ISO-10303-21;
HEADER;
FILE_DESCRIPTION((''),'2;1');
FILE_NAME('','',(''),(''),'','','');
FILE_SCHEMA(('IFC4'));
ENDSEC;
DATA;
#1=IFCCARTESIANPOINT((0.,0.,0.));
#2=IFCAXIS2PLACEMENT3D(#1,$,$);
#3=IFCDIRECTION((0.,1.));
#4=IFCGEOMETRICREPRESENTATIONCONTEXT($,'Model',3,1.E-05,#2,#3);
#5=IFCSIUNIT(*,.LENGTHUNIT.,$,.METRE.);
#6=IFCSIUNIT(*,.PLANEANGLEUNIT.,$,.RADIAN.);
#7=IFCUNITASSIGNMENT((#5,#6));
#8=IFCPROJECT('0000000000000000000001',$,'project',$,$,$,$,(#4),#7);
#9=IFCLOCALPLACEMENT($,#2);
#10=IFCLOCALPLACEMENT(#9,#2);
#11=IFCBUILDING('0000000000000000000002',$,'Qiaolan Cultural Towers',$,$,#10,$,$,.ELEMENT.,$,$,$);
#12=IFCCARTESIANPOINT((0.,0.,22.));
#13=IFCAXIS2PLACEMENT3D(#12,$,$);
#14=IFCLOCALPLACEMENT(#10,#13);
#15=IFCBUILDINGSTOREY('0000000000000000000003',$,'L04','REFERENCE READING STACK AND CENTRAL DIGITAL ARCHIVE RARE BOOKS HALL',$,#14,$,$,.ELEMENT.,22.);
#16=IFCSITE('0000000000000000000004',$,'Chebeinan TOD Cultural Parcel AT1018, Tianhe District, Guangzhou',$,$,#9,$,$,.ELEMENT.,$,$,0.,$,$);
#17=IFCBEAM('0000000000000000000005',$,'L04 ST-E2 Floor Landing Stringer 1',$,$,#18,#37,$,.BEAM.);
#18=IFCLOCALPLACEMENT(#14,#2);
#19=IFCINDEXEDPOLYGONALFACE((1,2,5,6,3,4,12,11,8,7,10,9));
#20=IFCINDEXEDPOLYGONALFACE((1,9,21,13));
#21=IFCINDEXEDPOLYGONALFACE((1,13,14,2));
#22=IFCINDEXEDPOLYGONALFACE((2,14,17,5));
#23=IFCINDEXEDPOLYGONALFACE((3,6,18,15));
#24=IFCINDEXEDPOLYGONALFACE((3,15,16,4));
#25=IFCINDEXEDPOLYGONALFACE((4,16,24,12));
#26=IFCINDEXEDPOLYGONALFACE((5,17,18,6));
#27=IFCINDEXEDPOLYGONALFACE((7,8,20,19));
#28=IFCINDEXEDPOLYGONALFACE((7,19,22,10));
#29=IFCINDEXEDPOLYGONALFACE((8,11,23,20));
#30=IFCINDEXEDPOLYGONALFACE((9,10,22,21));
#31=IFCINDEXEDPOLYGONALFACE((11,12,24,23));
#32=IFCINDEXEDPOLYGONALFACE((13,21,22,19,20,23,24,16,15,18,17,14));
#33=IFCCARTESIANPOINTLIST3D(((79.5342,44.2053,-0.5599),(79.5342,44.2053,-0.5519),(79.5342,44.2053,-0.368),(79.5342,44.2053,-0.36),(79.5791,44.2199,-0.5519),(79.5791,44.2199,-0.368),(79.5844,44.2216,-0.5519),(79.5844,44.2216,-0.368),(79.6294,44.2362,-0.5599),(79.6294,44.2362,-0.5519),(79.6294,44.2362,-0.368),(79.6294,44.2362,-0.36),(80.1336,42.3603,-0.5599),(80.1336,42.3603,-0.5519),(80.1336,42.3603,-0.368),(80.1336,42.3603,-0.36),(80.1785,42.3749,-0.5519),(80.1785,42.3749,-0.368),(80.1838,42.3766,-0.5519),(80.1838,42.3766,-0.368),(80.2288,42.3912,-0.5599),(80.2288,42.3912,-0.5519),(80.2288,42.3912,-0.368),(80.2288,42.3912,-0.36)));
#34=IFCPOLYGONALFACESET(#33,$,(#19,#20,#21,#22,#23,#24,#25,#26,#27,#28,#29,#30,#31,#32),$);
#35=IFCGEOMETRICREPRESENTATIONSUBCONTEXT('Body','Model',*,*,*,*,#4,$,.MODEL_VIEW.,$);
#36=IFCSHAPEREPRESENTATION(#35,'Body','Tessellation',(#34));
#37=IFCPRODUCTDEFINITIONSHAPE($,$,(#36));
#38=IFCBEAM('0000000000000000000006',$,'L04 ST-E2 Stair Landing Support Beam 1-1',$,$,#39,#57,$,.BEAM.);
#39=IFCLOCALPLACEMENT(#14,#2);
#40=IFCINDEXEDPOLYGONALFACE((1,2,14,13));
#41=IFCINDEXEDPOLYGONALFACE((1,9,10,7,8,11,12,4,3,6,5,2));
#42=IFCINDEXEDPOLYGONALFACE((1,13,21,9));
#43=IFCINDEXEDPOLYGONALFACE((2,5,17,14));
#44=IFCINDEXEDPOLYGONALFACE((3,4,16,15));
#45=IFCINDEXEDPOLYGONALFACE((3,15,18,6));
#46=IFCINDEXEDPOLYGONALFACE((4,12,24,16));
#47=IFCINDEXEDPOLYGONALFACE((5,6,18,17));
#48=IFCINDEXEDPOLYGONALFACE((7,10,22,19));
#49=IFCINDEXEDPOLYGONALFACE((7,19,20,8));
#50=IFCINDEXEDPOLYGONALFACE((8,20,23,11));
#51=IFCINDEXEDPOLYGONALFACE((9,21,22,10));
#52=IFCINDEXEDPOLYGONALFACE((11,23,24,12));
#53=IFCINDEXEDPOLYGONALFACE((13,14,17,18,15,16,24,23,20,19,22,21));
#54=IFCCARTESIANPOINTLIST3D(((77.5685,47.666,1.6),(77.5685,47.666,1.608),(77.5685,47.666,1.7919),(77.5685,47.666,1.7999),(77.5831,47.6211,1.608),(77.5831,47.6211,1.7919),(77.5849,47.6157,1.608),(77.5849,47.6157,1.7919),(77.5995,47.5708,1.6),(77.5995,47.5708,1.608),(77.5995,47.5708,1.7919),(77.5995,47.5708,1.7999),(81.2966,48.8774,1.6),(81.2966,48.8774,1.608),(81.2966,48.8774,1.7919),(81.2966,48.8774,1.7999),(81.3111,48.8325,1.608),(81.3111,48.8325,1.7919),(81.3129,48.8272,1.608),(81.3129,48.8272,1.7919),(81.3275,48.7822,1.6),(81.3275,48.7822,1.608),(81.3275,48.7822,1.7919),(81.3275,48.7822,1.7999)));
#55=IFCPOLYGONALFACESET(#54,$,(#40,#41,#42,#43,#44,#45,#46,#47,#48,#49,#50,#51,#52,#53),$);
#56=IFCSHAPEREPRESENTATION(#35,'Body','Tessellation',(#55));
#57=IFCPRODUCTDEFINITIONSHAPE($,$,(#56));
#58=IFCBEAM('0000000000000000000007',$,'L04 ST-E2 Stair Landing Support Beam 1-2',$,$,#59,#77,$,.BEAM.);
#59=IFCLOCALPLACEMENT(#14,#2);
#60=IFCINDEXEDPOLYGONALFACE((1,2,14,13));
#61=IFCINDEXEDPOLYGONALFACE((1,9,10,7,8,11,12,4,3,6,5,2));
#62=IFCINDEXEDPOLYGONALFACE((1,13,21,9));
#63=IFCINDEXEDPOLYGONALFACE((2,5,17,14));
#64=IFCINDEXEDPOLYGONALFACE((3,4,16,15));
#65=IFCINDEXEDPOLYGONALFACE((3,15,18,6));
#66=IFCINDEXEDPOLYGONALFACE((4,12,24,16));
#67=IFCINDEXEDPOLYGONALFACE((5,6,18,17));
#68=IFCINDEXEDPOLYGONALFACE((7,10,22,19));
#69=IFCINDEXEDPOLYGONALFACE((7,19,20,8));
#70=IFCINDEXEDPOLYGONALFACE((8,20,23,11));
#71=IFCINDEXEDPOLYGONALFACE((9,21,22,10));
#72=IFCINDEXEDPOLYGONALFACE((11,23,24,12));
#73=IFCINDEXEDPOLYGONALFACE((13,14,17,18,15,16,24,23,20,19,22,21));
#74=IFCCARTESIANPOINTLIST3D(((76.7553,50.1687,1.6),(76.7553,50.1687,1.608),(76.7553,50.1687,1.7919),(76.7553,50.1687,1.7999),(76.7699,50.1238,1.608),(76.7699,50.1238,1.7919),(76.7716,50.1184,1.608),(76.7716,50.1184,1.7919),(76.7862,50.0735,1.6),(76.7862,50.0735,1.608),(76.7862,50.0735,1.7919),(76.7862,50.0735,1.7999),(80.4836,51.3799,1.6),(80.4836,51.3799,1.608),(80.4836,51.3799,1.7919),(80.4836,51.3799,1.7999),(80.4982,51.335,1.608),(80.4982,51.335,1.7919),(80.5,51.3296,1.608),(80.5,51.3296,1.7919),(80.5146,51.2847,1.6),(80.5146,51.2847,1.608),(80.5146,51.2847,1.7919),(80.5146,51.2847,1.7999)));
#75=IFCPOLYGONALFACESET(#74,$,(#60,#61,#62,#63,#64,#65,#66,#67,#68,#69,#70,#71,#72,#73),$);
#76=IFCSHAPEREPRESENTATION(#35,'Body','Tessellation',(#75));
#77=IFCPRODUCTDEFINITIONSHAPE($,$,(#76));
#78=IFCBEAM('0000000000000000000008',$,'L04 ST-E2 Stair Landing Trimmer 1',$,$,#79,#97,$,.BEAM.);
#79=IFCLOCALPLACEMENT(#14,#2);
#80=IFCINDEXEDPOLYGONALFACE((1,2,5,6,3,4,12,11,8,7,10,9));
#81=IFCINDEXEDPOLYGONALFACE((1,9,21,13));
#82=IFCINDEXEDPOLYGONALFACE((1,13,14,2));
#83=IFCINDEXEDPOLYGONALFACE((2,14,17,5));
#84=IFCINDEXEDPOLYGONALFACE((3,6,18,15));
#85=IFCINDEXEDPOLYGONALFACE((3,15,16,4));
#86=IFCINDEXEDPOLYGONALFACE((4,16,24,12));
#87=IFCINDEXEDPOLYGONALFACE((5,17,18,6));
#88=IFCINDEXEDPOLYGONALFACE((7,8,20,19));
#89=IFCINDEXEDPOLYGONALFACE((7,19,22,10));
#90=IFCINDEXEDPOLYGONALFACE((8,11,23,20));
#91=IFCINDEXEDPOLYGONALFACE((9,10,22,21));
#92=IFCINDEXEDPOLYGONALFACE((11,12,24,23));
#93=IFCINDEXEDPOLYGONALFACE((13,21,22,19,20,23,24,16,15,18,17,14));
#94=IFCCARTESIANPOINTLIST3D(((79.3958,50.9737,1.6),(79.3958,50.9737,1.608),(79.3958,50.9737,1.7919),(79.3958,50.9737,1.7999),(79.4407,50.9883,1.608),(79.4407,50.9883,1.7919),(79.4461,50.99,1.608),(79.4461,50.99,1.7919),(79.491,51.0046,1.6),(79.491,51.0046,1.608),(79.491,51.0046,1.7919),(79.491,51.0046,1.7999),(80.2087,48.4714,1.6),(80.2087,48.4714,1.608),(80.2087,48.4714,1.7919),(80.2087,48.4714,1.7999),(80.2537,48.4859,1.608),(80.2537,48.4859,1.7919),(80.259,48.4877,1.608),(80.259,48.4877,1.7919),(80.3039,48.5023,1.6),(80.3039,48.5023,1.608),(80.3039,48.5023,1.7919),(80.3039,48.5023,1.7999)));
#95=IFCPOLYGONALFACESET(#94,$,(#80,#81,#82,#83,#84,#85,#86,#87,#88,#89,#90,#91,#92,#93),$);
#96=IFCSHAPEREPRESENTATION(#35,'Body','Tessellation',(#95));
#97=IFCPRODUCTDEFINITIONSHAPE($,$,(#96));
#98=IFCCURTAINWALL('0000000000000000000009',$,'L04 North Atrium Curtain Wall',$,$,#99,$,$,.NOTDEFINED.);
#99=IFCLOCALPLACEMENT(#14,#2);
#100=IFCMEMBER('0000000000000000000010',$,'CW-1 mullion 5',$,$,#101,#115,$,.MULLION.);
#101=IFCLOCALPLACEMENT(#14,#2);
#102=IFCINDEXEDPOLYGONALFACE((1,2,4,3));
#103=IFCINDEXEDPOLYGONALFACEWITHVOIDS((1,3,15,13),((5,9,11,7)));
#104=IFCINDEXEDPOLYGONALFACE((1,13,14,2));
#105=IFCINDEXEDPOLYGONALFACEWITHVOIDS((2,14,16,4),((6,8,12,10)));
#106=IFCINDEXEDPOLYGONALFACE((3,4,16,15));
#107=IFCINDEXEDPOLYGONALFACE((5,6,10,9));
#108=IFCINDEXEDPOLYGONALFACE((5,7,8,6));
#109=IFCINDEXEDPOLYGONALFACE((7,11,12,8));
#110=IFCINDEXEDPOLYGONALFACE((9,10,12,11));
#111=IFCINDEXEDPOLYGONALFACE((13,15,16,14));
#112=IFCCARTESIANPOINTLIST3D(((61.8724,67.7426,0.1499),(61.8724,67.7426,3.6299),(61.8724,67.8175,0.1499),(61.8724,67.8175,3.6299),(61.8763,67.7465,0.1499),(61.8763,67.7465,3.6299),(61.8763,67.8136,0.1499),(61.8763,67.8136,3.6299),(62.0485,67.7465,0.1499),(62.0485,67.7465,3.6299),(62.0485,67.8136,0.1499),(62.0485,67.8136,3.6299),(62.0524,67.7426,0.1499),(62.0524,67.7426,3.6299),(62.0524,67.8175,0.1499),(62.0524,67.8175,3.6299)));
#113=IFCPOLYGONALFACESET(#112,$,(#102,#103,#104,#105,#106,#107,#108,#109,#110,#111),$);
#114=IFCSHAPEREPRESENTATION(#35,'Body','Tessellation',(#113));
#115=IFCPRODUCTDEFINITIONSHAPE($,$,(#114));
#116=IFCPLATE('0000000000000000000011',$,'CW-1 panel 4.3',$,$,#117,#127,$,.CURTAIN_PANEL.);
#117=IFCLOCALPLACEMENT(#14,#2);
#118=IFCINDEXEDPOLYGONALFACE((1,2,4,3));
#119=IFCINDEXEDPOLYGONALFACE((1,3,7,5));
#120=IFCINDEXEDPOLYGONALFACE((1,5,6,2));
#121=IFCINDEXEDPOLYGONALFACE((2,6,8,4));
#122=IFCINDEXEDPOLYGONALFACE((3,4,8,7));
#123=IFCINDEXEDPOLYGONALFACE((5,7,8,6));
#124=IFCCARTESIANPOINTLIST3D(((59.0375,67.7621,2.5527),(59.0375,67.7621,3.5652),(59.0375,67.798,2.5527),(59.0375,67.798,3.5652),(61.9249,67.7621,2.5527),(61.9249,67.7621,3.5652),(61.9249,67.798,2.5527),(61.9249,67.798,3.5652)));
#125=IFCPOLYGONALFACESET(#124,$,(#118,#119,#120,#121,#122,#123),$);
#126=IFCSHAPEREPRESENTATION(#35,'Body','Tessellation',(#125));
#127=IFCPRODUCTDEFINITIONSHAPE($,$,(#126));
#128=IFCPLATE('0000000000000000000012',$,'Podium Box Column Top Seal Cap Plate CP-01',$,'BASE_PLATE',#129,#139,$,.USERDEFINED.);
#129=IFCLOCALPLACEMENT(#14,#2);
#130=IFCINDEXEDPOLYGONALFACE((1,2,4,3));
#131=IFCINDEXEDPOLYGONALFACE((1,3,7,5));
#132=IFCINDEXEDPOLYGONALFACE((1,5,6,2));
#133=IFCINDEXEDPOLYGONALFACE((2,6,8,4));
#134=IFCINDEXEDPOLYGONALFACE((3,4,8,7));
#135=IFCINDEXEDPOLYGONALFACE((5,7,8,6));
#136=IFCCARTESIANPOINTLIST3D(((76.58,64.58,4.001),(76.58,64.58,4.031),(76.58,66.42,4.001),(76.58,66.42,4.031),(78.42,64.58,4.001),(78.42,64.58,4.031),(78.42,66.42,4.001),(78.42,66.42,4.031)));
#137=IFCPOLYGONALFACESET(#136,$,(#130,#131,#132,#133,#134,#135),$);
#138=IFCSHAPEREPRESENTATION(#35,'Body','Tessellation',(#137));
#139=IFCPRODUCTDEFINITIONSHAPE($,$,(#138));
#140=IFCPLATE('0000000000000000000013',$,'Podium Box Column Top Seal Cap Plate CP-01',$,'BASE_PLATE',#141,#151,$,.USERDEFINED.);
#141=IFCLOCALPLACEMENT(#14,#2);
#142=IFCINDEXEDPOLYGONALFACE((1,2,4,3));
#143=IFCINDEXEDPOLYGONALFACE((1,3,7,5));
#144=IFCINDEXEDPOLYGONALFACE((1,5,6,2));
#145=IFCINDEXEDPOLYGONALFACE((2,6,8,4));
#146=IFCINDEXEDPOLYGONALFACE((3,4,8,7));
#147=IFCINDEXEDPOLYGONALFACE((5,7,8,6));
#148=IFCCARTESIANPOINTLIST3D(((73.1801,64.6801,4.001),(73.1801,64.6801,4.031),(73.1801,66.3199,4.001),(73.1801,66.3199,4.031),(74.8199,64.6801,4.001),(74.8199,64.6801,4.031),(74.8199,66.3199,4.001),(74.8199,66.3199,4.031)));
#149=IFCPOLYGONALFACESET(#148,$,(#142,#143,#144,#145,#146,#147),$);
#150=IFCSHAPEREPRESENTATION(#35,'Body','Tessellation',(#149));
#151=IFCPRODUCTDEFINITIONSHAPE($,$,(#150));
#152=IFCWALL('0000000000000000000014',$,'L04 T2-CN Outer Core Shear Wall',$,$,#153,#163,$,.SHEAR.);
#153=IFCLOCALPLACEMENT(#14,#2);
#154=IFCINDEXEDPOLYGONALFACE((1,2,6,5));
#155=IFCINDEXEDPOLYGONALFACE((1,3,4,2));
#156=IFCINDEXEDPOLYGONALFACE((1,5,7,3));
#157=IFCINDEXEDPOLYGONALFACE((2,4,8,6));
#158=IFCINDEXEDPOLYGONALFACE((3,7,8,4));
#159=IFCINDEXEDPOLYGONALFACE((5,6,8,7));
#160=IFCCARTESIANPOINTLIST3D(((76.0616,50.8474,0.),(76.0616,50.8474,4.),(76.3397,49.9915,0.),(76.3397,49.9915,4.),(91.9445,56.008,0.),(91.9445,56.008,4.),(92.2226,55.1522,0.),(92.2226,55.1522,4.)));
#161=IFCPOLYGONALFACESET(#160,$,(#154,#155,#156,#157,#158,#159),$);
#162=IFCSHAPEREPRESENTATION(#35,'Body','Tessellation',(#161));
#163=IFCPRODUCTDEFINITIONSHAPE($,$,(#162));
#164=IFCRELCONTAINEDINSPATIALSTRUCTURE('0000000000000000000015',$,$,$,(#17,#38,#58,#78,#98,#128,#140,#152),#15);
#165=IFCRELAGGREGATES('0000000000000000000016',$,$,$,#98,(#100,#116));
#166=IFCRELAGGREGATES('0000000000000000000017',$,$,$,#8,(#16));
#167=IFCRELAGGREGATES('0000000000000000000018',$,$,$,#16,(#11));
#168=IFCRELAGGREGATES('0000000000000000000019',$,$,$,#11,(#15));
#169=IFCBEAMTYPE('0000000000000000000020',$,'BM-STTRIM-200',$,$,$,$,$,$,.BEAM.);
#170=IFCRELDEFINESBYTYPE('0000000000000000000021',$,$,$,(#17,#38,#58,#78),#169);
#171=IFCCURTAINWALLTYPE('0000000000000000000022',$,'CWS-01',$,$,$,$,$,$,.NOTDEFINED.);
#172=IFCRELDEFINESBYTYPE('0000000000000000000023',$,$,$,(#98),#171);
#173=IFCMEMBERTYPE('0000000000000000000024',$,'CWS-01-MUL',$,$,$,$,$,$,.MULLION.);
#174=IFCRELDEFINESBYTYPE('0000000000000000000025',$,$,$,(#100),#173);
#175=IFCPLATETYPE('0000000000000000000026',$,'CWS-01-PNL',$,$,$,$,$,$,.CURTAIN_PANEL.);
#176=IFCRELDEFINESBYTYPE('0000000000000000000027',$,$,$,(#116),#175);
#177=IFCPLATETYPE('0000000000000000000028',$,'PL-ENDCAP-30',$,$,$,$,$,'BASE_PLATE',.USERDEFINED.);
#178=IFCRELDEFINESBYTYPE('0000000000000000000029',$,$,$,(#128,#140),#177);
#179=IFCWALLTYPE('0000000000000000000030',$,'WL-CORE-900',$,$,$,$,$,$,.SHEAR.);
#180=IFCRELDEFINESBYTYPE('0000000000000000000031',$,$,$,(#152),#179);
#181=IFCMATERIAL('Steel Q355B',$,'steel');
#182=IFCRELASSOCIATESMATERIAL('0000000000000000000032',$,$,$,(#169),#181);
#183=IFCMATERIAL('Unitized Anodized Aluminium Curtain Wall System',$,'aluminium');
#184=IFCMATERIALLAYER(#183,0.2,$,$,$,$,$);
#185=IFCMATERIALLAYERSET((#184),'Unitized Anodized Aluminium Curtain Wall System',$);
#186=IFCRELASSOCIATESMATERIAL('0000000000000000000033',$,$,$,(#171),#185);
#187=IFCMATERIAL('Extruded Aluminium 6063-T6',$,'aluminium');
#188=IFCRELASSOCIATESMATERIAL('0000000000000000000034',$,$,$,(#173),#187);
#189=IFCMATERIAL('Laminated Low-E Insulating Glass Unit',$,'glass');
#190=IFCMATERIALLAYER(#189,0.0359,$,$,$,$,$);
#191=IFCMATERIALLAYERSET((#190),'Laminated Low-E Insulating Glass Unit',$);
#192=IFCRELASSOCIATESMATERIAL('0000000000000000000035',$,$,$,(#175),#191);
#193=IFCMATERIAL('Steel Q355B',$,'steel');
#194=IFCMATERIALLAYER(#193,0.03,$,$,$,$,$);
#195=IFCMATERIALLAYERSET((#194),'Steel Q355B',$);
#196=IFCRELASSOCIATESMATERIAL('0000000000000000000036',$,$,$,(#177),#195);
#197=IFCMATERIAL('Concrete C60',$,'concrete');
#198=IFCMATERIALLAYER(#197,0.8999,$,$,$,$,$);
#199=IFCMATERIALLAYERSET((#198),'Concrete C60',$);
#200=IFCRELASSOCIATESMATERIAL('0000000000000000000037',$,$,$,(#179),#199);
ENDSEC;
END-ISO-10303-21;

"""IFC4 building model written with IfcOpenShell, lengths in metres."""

from ifc_helpers import new_model, si_unit, direction, frame, frame_2d, origin, origin_2d, place, context, subcontext, project, spatial, rectangle, hollow_rectangle, i_section, extrude, material, layer, layer_set, material_profile, profile_set, type_object, element, aggregate, save


model = new_model("IFC4")

# Units and contexts
model_context = context("Model", 3, precision=1e-05, world=origin(), true_north=direction((0.0, 1.0)))
body_context = subcontext(model_context, "Body", "Model", "MODEL_VIEW")
ifc_project = project(units=[si_unit("LENGTHUNIT", "METRE"), si_unit("PLANEANGLEUNIT", "RADIAN")], contexts=[model_context])

# Site, building, storey
site_placement = place(None, origin())
site = spatial("IfcSite", under=ifc_project, at=site_placement, Name="Chebeinan TOD Cultural Parcel AT1018, Tianhe District, Guangzhou", CompositionType="ELEMENT", RefElevation=0.0)
building_placement = place(site_placement, origin())
building = spatial("IfcBuilding", under=site, at=building_placement, Name="Qiaolan Cultural Towers", CompositionType="ELEMENT")
storey_placement = place(building_placement, frame((0.0, 0.0, 22.0)))
storey = spatial("IfcBuildingStorey", under=building, at=storey_placement, Name="L04", Description="REFERENCE READING STACK AND CENTRAL DIGITAL ARCHIVE RARE BOOKS HALL", CompositionType="ELEMENT", Elevation=22.0)

# Beams
ifc_material_1 = material(Name="Steel Q355B", Category="steel")
ifc_material_profile_1 = material_profile(ifc_material_1, i_section(OverallWidth=0.1001, OverallDepth=0.2, WebThickness=0.0056, FlangeThickness=0.0081, at=origin_2d()), Name="HN200x100x5.5x8")
ifc_profile_set_1 = profile_set([ifc_material_profile_1], Name="Steel Q355B")
beam_type_1 = type_object("IfcBeamType", Name="BM-STTRIM-200", PredefinedType="BEAM", material=ifc_profile_set_1)
beam_1_placement = place(storey_placement, frame((80.1812, 42.3757, -0.46), z_axis=(-0.308969, 0.951072, 0.0), x_axis=(-0.951072, -0.308969, 0.0)))
element("IfcBeam", 1, at=beam_1_placement, inside=storey, type_object=beam_type_1, Name="L04 ST-E2 Floor Landing Stringer 1", PredefinedType="BEAM", context=body_context, shape_type="SweptSolid", body=[
    extrude(i_section(OverallWidth=0.1001, OverallDepth=0.2, WebThickness=0.0056, FlangeThickness=0.0081, at=origin_2d()), origin(), (0.0, 0.0, 1.0), 1.9399),
])
beam_2_placement = place(storey_placement, frame((77.584, 47.6184, 1.7), z_axis=(0.951048, 0.309044, 0.0), x_axis=(-0.309044, 0.951048, 0.0)))
element("IfcBeam", 2, at=beam_2_placement, inside=storey, type_object=beam_type_1, Name="L04 ST-E2 Stair Landing Support Beam 1-1", PredefinedType="BEAM", context=body_context, shape_type="SweptSolid", body=[
    extrude(i_section(OverallWidth=0.1001, OverallDepth=0.2, WebThickness=0.0056, FlangeThickness=0.0081, at=origin_2d()), origin(), (0.0, 0.0, 1.0), 3.9199),
])
beam_3_placement = place(storey_placement, frame((76.7708, 50.1211, 1.7), z_axis=(0.951072, 0.308969, 0.0), x_axis=(-0.308969, 0.951072, 0.0)))
element("IfcBeam", 3, at=beam_3_placement, inside=storey, type_object=beam_type_1, Name="L04 ST-E2 Stair Landing Support Beam 1-2", PredefinedType="BEAM", context=body_context, shape_type="SweptSolid", body=[
    extrude(i_section(OverallWidth=0.1001, OverallDepth=0.2, WebThickness=0.0056, FlangeThickness=0.0081, at=origin_2d()), origin(), (0.0, 0.0, 1.0), 3.9202),
])
beam_4_placement = place(storey_placement, frame((80.2563, 48.4868, 1.7), z_axis=(-0.308981, 0.951068, 0.0), x_axis=(-0.951068, -0.308981, 0.0)))
element("IfcBeam", 4, at=beam_4_placement, inside=storey, type_object=beam_type_1, Name="L04 ST-E2 Stair Landing Trimmer 1", PredefinedType="BEAM", context=body_context, shape_type="SweptSolid", body=[
    extrude(i_section(OverallWidth=0.1001, OverallDepth=0.2, WebThickness=0.0056, FlangeThickness=0.0081, at=origin_2d()), origin(), (0.0, 0.0, 1.0), 2.6311),
])

# Curtain wall, member, plate
ifc_material_2 = material(Name="Unitized Anodized Aluminium Curtain Wall System", Category="aluminium")
ifc_layer_1 = layer(ifc_material_2, 0.2)
ifc_layer_set_1 = layer_set([ifc_layer_1], Name="Unitized Anodized Aluminium Curtain Wall System")
curtain_wall_type = type_object("IfcCurtainWallType", Name="CWS-01", PredefinedType="NOTDEFINED", material=ifc_layer_set_1)
curtain_wall_placement = place(storey_placement, origin())
curtain_wall = element("IfcCurtainWall", 5, at=curtain_wall_placement, inside=storey, type_object=curtain_wall_type, Name="L04 North Atrium Curtain Wall", PredefinedType="NOTDEFINED")
ifc_material_3 = material(Name="Extruded Aluminium 6063-T6", Category="aluminium")
ifc_material_profile_2 = material_profile(ifc_material_3, hollow_rectangle(XDim=0.075, YDim=0.1799, WallThickness=0.0039, at=origin_2d()), Name="CWM-180x75x4")
ifc_profile_set_2 = profile_set([ifc_material_profile_2], Name="Extruded Aluminium 6063-T6")
member_type = type_object("IfcMemberType", Name="CWS-01-MUL", PredefinedType="MULLION", material=ifc_profile_set_2)
member_placement = place(storey_placement, frame((61.9624, 67.78, 0.1499), z_axis=(0.0, 0.0, 1.0), x_axis=(0.0, 1.0, 0.0)))
member = element("IfcMember", 6, at=member_placement, type_object=member_type, Name="CW-1 mullion 5", PredefinedType="MULLION", context=body_context, shape_type="SweptSolid", body=[
    extrude(hollow_rectangle(XDim=0.075, YDim=0.1799, WallThickness=0.0039, at=origin_2d()), origin(), (0.0, 0.0, 1.0), 3.48),
])
ifc_material_4 = material(Name="Laminated Low-E Insulating Glass Unit", Category="glass")
ifc_layer_2 = layer(ifc_material_4, 0.0359)
ifc_layer_set_2 = layer_set([ifc_layer_2], Name="Laminated Low-E Insulating Glass Unit")
plate_type_1 = type_object("IfcPlateType", Name="CWS-01-PNL", PredefinedType="CURTAIN_PANEL", material=ifc_layer_set_2)
plate_1_placement = place(storey_placement, frame((60.4812, 67.78, 2.5527), z_axis=(0.0, 0.0, 1.0), x_axis=(1.0, 0.0, 0.0)))
plate_1 = element("IfcPlate", 7, at=plate_1_placement, type_object=plate_type_1, Name="CW-1 panel 4.3", PredefinedType="CURTAIN_PANEL", context=body_context, shape_type="SweptSolid", body=[
    extrude(rectangle(XDim=2.8875, YDim=0.0359, at=origin_2d()), origin(), (0.0, 0.0, 1.0), 1.0125),
])
aggregate(curtain_wall, [member, plate_1])

# Plates
ifc_material_5 = material(Name="Steel Q355B", Category="steel")
ifc_layer_3 = layer(ifc_material_5, 0.03)
ifc_layer_set_3 = layer_set([ifc_layer_3], Name="Steel Q355B")
plate_type_2 = type_object("IfcPlateType", Name="PL-ENDCAP-30", ElementType="BASE_PLATE", PredefinedType="USERDEFINED", material=ifc_layer_set_3)
plate_2_placement = place(storey_placement, frame((77.5, 65.5, 4.001), z_axis=(0.0, 0.0, 1.0), x_axis=(1.0, 0.0, 0.0)))
element("IfcPlate", 8, at=plate_2_placement, inside=storey, type_object=plate_type_2, Name="Podium Box Column Top Seal Cap Plate CP-01", ObjectType="BASE_PLATE", PredefinedType="USERDEFINED", context=body_context, shape_type="SweptSolid", body=[
    extrude(rectangle(XDim=1.8401, YDim=1.8401, at=origin_2d()), origin(), (0.0, 0.0, 1.0), 0.03),
])
plate_3_placement = place(storey_placement, frame((74.0, 65.5, 4.001), z_axis=(0.0, 0.0, 1.0), x_axis=(1.0, 0.0, 0.0)))
element("IfcPlate", 9, at=plate_3_placement, inside=storey, type_object=plate_type_2, Name="Podium Box Column Top Seal Cap Plate CP-01", ObjectType="BASE_PLATE", PredefinedType="USERDEFINED", context=body_context, shape_type="SweptSolid", body=[
    extrude(rectangle(XDim=1.6399, YDim=1.6399, at=origin_2d()), origin(), (0.0, 0.0, 1.0), 0.03),
])

# Wall
ifc_material_6 = material(Name="Concrete C60", Category="concrete")
ifc_layer_4 = layer(ifc_material_6, 0.8999)
ifc_layer_set_4 = layer_set([ifc_layer_4], Name="Concrete C60")
wall_type_1 = type_object("IfcWallType", Name="WL-CORE-900", PredefinedType="SHEAR", material=ifc_layer_set_4)
wall_1_placement = place(storey_placement, frame((76.2007, 50.4194, 0.0), z_axis=(0.0, 0.0, 1.0), x_axis=(0.951056, 0.309017, 0.0)))
element("IfcWall", 10, at=wall_1_placement, inside=storey, type_object=wall_type_1, Name="L04 T2-CN Outer Core Shear Wall", PredefinedType="SHEAR", context=body_context, shape_type="SweptSolid", body=[
    extrude(rectangle(XDim=16.7002, YDim=0.8999, at=frame_2d((8.3501, 0.0))), origin(), (0.0, 0.0, 1.0), 4.0),
])

save(model, "model.ifc")
